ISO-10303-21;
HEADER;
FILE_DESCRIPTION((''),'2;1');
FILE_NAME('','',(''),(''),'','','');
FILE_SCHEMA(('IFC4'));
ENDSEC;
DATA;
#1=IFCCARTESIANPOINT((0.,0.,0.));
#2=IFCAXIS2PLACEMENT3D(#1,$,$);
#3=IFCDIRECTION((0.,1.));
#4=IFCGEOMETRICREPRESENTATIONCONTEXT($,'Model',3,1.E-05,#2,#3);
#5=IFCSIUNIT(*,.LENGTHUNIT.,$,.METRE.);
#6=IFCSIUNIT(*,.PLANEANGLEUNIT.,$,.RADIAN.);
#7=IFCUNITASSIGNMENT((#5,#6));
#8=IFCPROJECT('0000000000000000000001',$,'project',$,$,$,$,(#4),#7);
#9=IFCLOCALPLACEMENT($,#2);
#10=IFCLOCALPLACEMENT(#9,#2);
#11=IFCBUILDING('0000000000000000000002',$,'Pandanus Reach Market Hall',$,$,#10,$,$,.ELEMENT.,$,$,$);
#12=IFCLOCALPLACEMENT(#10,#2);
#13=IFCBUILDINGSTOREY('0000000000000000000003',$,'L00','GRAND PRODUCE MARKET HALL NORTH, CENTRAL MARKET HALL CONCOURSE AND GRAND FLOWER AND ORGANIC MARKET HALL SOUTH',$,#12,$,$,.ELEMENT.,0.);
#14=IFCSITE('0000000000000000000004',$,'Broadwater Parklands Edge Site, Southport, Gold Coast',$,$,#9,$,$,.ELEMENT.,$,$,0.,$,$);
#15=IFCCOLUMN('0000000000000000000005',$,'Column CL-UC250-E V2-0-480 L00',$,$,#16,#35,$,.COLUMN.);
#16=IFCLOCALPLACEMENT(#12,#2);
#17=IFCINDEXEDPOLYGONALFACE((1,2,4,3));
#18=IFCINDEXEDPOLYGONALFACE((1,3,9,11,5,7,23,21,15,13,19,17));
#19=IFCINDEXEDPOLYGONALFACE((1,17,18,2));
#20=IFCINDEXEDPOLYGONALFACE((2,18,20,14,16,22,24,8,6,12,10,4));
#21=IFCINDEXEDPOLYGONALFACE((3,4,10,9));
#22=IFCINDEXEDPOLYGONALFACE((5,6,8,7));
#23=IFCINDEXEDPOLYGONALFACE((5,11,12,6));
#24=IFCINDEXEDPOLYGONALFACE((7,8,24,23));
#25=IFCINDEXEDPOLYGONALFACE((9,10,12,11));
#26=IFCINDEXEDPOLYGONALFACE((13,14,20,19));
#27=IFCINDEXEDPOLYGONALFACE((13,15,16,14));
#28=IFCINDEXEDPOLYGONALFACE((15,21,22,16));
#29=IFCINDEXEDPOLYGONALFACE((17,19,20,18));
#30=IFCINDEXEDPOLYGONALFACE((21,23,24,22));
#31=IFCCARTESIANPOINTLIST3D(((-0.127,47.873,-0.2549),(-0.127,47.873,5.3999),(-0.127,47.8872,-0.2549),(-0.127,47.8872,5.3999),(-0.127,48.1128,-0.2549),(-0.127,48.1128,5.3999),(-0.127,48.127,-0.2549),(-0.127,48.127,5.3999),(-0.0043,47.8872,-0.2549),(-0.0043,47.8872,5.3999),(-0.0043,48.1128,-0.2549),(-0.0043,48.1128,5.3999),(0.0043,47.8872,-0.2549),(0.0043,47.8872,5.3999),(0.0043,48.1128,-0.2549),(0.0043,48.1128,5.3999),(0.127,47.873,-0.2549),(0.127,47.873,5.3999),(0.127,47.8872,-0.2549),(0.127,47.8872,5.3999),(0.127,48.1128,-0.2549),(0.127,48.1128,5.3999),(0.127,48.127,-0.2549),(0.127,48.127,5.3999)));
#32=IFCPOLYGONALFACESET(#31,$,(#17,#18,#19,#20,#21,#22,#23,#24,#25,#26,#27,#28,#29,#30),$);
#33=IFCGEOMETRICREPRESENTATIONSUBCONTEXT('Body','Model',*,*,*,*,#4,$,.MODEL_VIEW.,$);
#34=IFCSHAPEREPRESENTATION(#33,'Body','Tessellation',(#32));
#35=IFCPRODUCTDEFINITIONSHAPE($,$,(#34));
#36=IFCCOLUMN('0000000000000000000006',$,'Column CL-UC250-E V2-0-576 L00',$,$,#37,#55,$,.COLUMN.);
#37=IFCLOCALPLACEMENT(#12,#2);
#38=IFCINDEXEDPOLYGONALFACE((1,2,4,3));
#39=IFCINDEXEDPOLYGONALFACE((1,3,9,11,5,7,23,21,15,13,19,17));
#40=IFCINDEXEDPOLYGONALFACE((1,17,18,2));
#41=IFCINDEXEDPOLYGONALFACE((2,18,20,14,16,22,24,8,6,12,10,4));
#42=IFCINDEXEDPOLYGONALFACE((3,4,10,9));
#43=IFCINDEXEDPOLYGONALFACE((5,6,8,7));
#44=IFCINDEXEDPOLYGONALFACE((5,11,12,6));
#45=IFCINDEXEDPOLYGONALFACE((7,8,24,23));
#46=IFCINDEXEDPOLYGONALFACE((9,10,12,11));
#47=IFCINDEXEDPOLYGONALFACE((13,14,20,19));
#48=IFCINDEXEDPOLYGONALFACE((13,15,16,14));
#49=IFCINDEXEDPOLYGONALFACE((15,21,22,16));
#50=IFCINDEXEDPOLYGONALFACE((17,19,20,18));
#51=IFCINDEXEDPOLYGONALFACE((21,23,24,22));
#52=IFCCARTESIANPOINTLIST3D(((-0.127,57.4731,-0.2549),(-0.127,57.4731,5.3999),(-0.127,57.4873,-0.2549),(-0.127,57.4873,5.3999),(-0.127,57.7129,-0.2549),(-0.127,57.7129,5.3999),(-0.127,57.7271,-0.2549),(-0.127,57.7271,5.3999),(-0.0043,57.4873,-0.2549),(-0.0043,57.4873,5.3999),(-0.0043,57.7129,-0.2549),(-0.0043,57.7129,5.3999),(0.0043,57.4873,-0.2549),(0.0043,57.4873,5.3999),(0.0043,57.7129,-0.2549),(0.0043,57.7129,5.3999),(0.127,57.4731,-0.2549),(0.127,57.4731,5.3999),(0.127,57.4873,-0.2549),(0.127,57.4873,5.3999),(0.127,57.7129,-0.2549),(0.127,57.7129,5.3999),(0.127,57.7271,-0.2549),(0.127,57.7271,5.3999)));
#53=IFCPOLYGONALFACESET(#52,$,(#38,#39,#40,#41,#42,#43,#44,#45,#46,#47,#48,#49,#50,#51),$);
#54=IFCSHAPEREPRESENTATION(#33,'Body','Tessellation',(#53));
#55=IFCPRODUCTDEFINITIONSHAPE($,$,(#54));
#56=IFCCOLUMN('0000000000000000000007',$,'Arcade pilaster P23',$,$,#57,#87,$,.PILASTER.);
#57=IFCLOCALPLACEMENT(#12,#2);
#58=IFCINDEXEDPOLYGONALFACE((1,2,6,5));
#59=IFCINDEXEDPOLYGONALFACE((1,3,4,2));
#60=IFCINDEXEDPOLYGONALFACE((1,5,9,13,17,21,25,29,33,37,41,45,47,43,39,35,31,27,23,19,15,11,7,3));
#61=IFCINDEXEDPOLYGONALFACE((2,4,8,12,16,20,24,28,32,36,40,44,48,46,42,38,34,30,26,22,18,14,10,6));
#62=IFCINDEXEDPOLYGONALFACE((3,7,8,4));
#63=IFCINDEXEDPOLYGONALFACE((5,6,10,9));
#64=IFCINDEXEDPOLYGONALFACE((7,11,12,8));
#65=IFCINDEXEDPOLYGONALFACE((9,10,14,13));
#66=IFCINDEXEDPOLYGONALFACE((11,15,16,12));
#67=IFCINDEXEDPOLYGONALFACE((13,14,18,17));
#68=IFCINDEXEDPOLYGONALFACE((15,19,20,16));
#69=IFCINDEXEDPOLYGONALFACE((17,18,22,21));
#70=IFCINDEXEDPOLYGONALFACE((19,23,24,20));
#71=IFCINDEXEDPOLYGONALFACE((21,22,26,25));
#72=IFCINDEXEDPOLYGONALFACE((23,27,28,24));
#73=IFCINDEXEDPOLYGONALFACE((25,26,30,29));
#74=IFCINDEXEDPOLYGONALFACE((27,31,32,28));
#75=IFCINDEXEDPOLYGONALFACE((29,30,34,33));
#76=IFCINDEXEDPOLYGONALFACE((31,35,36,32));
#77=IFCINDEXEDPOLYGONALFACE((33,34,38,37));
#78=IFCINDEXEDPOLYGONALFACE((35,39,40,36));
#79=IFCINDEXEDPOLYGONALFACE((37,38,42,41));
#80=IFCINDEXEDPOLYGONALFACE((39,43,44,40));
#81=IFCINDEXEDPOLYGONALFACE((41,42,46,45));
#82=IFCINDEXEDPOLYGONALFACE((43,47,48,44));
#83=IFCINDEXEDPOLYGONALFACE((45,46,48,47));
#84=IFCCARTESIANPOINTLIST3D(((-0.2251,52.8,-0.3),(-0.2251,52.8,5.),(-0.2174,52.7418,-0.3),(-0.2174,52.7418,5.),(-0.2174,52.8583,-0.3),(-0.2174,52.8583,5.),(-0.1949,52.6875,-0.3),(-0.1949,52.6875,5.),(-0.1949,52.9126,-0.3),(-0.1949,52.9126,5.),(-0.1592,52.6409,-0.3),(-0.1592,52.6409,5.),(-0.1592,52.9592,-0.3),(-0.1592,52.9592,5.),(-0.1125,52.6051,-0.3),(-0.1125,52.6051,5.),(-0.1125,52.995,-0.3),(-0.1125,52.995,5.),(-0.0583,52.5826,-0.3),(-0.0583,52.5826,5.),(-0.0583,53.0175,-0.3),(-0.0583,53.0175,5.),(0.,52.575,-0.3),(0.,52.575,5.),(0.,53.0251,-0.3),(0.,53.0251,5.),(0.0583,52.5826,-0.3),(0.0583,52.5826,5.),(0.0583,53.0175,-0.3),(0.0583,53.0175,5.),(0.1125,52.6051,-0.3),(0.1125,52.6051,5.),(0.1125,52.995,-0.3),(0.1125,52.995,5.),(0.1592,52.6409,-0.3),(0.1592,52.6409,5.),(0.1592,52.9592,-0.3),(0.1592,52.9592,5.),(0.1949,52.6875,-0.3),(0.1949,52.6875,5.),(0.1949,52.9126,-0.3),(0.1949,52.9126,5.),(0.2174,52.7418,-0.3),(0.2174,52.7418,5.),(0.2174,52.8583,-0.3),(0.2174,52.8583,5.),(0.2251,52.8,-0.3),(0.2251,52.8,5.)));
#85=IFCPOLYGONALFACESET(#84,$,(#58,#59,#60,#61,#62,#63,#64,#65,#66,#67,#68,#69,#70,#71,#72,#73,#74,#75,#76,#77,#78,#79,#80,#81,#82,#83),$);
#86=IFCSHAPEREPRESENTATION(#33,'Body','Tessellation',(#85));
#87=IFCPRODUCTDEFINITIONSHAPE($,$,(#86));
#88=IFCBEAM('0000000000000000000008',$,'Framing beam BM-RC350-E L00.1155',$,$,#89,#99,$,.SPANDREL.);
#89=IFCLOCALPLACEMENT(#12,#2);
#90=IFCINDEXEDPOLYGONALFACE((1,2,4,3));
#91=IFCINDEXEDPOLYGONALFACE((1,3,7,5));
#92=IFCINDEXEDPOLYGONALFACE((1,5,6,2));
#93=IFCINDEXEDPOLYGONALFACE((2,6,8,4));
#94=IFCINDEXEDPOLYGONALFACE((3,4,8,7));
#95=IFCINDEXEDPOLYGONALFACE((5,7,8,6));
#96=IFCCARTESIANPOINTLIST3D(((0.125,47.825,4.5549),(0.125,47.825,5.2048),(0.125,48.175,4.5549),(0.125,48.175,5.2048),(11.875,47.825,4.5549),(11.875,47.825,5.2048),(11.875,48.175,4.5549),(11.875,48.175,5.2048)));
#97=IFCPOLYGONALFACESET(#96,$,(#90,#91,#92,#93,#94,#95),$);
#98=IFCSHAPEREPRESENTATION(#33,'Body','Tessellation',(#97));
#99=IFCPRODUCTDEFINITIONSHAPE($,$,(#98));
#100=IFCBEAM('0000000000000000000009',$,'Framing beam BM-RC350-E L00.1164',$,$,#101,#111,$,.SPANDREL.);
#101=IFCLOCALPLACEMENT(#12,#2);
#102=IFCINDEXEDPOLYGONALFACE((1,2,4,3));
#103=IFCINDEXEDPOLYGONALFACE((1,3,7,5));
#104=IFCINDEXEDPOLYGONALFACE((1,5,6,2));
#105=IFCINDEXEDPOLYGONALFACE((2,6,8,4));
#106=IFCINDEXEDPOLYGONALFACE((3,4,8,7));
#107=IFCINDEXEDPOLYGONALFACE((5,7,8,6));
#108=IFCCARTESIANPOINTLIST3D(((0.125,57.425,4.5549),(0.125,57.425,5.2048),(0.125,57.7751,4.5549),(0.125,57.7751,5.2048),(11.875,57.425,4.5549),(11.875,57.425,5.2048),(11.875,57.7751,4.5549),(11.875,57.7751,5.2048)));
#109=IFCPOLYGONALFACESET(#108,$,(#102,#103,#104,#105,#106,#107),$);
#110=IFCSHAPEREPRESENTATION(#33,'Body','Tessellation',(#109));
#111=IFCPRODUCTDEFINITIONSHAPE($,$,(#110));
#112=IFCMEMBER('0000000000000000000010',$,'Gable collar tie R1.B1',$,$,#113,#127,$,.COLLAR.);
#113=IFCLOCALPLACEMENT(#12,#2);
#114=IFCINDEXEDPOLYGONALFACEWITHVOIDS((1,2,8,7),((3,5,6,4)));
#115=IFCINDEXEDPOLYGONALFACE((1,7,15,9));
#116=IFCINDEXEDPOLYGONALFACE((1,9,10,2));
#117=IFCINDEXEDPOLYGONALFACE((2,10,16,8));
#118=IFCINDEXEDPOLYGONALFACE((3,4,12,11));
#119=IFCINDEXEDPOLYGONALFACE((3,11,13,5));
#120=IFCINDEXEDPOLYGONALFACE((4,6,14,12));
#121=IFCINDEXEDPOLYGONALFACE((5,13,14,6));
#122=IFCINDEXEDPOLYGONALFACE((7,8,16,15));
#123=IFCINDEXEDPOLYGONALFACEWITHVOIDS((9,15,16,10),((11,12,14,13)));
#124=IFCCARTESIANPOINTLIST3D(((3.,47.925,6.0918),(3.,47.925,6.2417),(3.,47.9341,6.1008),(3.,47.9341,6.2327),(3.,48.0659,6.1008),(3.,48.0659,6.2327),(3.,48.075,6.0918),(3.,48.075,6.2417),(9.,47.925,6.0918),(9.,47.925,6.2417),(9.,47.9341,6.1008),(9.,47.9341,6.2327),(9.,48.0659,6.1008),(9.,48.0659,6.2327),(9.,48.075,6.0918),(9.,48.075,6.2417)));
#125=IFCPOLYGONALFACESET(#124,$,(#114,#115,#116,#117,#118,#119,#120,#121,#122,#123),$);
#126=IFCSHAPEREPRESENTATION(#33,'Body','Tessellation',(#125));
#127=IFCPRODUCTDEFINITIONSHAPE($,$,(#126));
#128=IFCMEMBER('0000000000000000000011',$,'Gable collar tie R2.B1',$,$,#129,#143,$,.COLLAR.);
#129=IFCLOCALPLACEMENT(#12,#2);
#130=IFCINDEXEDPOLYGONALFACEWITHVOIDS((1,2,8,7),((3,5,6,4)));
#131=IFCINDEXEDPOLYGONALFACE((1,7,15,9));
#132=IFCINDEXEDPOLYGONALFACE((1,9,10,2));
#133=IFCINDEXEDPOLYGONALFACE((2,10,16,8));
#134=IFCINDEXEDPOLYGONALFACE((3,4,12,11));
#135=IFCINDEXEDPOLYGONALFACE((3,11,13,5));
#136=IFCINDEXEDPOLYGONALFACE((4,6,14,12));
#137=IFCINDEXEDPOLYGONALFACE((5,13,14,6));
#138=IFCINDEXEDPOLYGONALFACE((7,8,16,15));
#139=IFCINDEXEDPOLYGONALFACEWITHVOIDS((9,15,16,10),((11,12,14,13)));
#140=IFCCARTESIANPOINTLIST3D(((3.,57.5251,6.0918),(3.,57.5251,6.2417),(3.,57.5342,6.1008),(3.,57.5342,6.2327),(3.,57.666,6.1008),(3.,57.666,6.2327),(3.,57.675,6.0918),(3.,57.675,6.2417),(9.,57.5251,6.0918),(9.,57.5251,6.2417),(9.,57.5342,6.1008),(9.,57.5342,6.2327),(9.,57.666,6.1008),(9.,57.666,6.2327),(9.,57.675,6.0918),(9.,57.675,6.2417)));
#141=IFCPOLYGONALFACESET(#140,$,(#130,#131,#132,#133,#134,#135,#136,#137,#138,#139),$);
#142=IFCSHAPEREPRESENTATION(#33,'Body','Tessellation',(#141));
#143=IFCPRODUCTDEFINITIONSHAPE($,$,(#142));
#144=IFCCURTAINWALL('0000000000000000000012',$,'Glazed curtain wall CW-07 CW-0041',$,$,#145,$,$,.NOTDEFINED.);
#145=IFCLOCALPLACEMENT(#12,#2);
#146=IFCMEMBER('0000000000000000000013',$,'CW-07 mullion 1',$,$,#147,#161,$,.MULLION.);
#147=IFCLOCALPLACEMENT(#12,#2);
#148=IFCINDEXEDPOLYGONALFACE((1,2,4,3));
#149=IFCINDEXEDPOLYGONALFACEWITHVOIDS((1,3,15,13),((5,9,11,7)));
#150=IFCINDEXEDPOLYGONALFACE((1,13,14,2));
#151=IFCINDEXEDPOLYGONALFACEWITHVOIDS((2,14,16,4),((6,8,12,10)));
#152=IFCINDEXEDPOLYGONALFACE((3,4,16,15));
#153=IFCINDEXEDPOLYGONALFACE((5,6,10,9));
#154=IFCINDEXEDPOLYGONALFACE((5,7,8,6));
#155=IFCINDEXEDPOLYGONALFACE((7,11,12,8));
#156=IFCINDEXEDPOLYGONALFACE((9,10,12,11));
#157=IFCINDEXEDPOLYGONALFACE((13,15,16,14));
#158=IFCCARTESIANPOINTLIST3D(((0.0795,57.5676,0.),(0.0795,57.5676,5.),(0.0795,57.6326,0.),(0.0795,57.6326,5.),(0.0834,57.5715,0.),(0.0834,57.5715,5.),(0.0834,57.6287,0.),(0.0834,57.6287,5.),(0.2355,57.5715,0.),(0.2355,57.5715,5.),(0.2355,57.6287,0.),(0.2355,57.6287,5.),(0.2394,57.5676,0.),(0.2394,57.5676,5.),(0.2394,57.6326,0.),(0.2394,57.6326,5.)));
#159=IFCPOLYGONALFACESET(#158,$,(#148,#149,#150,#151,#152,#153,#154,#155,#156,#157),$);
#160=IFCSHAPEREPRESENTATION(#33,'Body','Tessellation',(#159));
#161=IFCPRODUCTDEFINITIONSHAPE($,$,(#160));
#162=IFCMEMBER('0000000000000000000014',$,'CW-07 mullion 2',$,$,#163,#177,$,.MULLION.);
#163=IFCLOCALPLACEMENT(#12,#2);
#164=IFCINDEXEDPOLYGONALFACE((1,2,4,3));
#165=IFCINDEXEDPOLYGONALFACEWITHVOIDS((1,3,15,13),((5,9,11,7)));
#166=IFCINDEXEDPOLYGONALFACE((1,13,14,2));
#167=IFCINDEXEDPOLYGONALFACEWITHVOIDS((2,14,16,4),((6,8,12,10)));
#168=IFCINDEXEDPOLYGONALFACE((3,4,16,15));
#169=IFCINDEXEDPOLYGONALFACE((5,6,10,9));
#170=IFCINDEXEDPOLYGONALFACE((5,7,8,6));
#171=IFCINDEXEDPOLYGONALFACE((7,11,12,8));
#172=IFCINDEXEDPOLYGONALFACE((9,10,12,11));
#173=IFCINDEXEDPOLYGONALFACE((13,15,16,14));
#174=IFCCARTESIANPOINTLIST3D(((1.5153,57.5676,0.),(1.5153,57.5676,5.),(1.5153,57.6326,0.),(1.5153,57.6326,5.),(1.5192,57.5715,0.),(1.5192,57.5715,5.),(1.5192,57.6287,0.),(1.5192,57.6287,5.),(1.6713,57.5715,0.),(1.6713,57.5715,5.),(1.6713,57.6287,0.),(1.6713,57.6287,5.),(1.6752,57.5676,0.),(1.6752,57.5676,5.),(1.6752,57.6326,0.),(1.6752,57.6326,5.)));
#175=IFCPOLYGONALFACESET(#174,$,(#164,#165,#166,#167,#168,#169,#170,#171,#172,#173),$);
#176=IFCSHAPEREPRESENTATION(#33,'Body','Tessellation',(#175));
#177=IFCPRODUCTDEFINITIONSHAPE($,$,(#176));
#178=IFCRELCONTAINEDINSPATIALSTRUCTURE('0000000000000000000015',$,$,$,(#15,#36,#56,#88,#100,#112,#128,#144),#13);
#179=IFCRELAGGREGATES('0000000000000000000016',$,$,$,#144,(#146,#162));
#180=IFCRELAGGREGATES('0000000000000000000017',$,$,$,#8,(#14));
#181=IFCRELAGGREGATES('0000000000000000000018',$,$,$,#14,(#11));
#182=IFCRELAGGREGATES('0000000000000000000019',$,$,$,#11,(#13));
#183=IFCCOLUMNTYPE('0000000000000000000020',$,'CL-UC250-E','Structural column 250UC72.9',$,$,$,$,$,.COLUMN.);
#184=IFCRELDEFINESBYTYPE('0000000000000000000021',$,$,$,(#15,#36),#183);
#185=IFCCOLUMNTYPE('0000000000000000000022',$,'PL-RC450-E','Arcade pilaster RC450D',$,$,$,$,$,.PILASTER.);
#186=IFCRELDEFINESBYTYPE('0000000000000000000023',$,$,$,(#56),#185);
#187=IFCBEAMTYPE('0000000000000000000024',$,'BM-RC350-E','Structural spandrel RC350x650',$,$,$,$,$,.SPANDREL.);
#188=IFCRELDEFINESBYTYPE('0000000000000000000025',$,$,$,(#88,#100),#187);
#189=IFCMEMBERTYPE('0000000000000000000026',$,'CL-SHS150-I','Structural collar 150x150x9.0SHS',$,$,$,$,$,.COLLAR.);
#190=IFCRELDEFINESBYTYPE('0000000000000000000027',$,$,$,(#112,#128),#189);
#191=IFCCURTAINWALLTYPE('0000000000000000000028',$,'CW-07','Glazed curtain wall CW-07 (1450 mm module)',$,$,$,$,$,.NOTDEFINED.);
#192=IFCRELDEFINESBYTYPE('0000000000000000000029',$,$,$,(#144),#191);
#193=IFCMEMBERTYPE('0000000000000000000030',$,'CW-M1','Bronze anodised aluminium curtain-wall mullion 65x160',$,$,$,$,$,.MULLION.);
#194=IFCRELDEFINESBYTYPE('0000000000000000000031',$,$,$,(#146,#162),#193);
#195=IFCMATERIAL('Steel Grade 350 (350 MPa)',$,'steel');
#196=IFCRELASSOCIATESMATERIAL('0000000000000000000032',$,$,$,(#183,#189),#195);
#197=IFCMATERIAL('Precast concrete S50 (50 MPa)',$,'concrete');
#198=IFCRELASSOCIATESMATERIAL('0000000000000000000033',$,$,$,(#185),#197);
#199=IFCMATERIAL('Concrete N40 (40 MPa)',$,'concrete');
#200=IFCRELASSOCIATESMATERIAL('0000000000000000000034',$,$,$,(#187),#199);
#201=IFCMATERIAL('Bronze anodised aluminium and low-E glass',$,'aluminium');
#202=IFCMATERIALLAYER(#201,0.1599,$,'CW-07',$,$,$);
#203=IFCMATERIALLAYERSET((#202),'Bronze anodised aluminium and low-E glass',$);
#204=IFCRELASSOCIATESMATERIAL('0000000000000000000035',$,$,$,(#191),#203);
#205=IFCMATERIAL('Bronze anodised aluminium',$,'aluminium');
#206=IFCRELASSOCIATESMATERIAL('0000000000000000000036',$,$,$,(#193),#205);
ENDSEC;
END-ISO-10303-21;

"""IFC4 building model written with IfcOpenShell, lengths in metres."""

from ifc_helpers import new_model, si_unit, direction, frame, origin, origin_2d, place, context, subcontext, project, spatial, rectangle, hollow_rectangle, circle, i_section, extrude, material, layer, layer_set, material_profile, profile_set, type_object, element, aggregate, save


model = new_model("IFC4")

# Units and contexts
model_context = context("Model", 3, precision=1e-05, world=origin(), true_north=direction((0.0, 1.0)))
body_context = subcontext(model_context, "Body", "Model", "MODEL_VIEW")
ifc_project = project(units=[si_unit("LENGTHUNIT", "METRE"), si_unit("PLANEANGLEUNIT", "RADIAN")], contexts=[model_context])

# Site, building, storey
site_placement = place(None, origin())
site = spatial("IfcSite", under=ifc_project, at=site_placement, Name="Broadwater Parklands Edge Site, Southport, Gold Coast", CompositionType="ELEMENT", RefElevation=0.0)
building_placement = place(site_placement, origin())
building = spatial("IfcBuilding", under=site, at=building_placement, Name="Pandanus Reach Market Hall", CompositionType="ELEMENT")
storey_placement = place(building_placement, origin())
storey = spatial("IfcBuildingStorey", under=building, at=storey_placement, Name="L00", Description="GRAND PRODUCE MARKET HALL NORTH, CENTRAL MARKET HALL CONCOURSE AND GRAND FLOWER AND ORGANIC MARKET HALL SOUTH", CompositionType="ELEMENT", Elevation=0.0)

# Shared definitions
ifc_material_1 = material(Name="Concrete N40 (40 MPa)", Category="concrete")

# Columns
ifc_material_2 = material(Name="Steel Grade 350 (350 MPa)", Category="steel")
ifc_material_profile_1 = material_profile(ifc_material_2, i_section(OverallWidth=0.2539, OverallDepth=0.2539, WebThickness=0.0085, FlangeThickness=0.0142, at=origin_2d()), Name="250UC72.9", Category="LoadBearing")
ifc_profile_set_1 = profile_set([ifc_material_profile_1], Name="Steel Grade 350 (350 MPa)")
column_type_1 = type_object("IfcColumnType", Name="CL-UC250-E", Description="Structural column 250UC72.9", PredefinedType="COLUMN", material=ifc_profile_set_1)
for number, where, z_axis, x_axis, name in (
    (1, (0.0, 48.0, -0.2549), (0.0, 0.0, 1.0), (1.0, 0.0, 0.0), "Column CL-UC250-E V2-0-480 L00"),
    (2, (0.0, 57.6001, -0.2549), (0.0, 0.0, 1.0), (1.0, 0.0, 0.0), "Column CL-UC250-E V2-0-576 L00"),
):
    element("IfcColumn", number, at=place(storey_placement, frame(where, z_axis=z_axis, x_axis=x_axis)), inside=storey, type_object=column_type_1, Name=name, PredefinedType="COLUMN", context=body_context, shape_type="SweptSolid", body=[
        extrude(i_section(OverallWidth=0.2539, OverallDepth=0.2539, WebThickness=0.0085, FlangeThickness=0.0142, at=origin_2d()), origin(), (0.0, 0.0, 1.0), 5.6548),
    ])
ifc_material_3 = material(Name="Precast concrete S50 (50 MPa)", Category="concrete")
ifc_material_profile_2 = material_profile(ifc_material_3, circle(Radius=0.2251, at=origin_2d()), Name="RC450D", Category="LoadBearing")
ifc_profile_set_2 = profile_set([ifc_material_profile_2], Name="Precast concrete S50 (50 MPa)")
column_type_2 = type_object("IfcColumnType", Name="PL-RC450-E", Description="Arcade pilaster RC450D", PredefinedType="PILASTER", material=ifc_profile_set_2)
column_placement = place(storey_placement, frame((0.0, 52.8, -0.3), z_axis=(0.0, 0.0, 1.0), x_axis=(1.0, 0.0, 0.0)))
element("IfcColumn", 3, at=column_placement, inside=storey, type_object=column_type_2, Name="Arcade pilaster P23", PredefinedType="PILASTER", context=body_context, shape_type="SweptSolid", body=[
    extrude(circle(Radius=0.2251, at=origin_2d()), origin(), (0.0, 0.0, 1.0), 5.3),
])

# Beams
ifc_material_profile_3 = material_profile(ifc_material_1, rectangle(XDim=0.3501, YDim=0.6499, at=origin_2d()), Name="RC350x650", Category="LoadBearing")
ifc_profile_set_3 = profile_set([ifc_material_profile_3], Name="Concrete N40 (40 MPa)")
beam_type = type_object("IfcBeamType", Name="BM-RC350-E", Description="Structural spandrel RC350x650", PredefinedType="SPANDREL", material=ifc_profile_set_3)
for number, where, z_axis, x_axis, name in (
    (4, (0.125, 48.0, 4.8799), (1.0, 0.0, 0.0), (0.0, 1.0, 0.0), "Framing beam BM-RC350-E L00.1155"),
    (5, (0.125, 57.6001, 4.8799), (1.0, 0.0, 0.0), (0.0, 1.0, 0.0), "Framing beam BM-RC350-E L00.1164"),
):
    element("IfcBeam", number, at=place(storey_placement, frame(where, z_axis=z_axis, x_axis=x_axis)), inside=storey, type_object=beam_type, Name=name, PredefinedType="SPANDREL", context=body_context, shape_type="SweptSolid", body=[
        extrude(rectangle(XDim=0.3501, YDim=0.6499, at=origin_2d()), origin(), (0.0, 0.0, 1.0), 11.75),
    ])

# Members
ifc_material_profile_4 = material_profile(ifc_material_2, hollow_rectangle(XDim=0.1499, YDim=0.1499, WallThickness=0.009, at=origin_2d()), Name="150x150x9.0SHS", Category="LoadBearing")
ifc_profile_set_4 = profile_set([ifc_material_profile_4], Name="Steel Grade 350 (350 MPa)")
member_type_1 = type_object("IfcMemberType", Name="CL-SHS150-I", Description="Structural collar 150x150x9.0SHS", PredefinedType="COLLAR", material=ifc_profile_set_4)
for number, where, z_axis, x_axis, name in (
    (6, (3.0, 48.0, 6.1667), (1.0, 0.0, 0.0), (0.0, 1.0, 0.0), "Gable collar tie R1.B1"),
    (7, (3.0, 57.6001, 6.1667), (1.0, 0.0, 0.0), (0.0, 1.0, 0.0), "Gable collar tie R2.B1"),
):
    element("IfcMember", number, at=place(storey_placement, frame(where, z_axis=z_axis, x_axis=x_axis)), inside=storey, type_object=member_type_1, Name=name, PredefinedType="COLLAR", context=body_context, shape_type="SweptSolid", body=[
        extrude(hollow_rectangle(XDim=0.1499, YDim=0.1499, WallThickness=0.009, at=origin_2d()), origin(), (0.0, 0.0, 1.0), 6.0),
    ])

# Curtain wall, members
ifc_material_4 = material(Name="Bronze anodised aluminium and low-E glass", Category="aluminium")
ifc_layer_1 = layer(ifc_material_4, 0.1599, Name="CW-07")
ifc_layer_set_1 = layer_set([ifc_layer_1], Name="Bronze anodised aluminium and low-E glass")
curtain_wall_type = type_object("IfcCurtainWallType", Name="CW-07", Description="Glazed curtain wall CW-07 (1450 mm module)", PredefinedType="NOTDEFINED", material=ifc_layer_set_1)
curtain_wall_placement = place(storey_placement, origin())
curtain_wall = element("IfcCurtainWall", 8, at=curtain_wall_placement, inside=storey, type_object=curtain_wall_type, Name="Glazed curtain wall CW-07 CW-0041", PredefinedType="NOTDEFINED")
ifc_material_5 = material(Name="Bronze anodised aluminium", Category="aluminium")
ifc_material_profile_5 = material_profile(ifc_material_5, hollow_rectangle(XDim=0.0649, YDim=0.1599, WallThickness=0.0039, at=origin_2d()), Name="ALU65x160", Category="LoadBearing")
ifc_profile_set_5 = profile_set([ifc_material_profile_5], Name="Bronze anodised aluminium")
member_type_2 = type_object("IfcMemberType", Name="CW-M1", Description="Bronze anodised aluminium curtain-wall mullion 65x160", PredefinedType="MULLION", material=ifc_profile_set_5)
member_1_placement = place(storey_placement, frame((0.1594, 57.6001, 0.0), z_axis=(0.0, 0.0, 1.0), x_axis=(0.0, 1.0, 0.0)))
member_1 = element("IfcMember", 9, at=member_1_placement, type_object=member_type_2, Name="CW-07 mullion 1", PredefinedType="MULLION", context=body_context, shape_type="SweptSolid", body=[
    extrude(hollow_rectangle(XDim=0.0649, YDim=0.1599, WallThickness=0.0039, at=origin_2d()), origin(), (0.0, 0.0, 1.0), 5.0),
])
member_2_placement = place(storey_placement, frame((1.5952, 57.6001, 0.0), z_axis=(0.0, 0.0, 1.0), x_axis=(0.0, 1.0, 0.0)))
member_2 = element("IfcMember", 10, at=member_2_placement, type_object=member_type_2, Name="CW-07 mullion 2", PredefinedType="MULLION", context=body_context, shape_type="SweptSolid", body=[
    extrude(hollow_rectangle(XDim=0.0649, YDim=0.1599, WallThickness=0.0039, at=origin_2d()), origin(), (0.0, 0.0, 1.0), 5.0),
])

aggregate(curtain_wall, [member_1, member_2])

save(model, "model.ifc")
